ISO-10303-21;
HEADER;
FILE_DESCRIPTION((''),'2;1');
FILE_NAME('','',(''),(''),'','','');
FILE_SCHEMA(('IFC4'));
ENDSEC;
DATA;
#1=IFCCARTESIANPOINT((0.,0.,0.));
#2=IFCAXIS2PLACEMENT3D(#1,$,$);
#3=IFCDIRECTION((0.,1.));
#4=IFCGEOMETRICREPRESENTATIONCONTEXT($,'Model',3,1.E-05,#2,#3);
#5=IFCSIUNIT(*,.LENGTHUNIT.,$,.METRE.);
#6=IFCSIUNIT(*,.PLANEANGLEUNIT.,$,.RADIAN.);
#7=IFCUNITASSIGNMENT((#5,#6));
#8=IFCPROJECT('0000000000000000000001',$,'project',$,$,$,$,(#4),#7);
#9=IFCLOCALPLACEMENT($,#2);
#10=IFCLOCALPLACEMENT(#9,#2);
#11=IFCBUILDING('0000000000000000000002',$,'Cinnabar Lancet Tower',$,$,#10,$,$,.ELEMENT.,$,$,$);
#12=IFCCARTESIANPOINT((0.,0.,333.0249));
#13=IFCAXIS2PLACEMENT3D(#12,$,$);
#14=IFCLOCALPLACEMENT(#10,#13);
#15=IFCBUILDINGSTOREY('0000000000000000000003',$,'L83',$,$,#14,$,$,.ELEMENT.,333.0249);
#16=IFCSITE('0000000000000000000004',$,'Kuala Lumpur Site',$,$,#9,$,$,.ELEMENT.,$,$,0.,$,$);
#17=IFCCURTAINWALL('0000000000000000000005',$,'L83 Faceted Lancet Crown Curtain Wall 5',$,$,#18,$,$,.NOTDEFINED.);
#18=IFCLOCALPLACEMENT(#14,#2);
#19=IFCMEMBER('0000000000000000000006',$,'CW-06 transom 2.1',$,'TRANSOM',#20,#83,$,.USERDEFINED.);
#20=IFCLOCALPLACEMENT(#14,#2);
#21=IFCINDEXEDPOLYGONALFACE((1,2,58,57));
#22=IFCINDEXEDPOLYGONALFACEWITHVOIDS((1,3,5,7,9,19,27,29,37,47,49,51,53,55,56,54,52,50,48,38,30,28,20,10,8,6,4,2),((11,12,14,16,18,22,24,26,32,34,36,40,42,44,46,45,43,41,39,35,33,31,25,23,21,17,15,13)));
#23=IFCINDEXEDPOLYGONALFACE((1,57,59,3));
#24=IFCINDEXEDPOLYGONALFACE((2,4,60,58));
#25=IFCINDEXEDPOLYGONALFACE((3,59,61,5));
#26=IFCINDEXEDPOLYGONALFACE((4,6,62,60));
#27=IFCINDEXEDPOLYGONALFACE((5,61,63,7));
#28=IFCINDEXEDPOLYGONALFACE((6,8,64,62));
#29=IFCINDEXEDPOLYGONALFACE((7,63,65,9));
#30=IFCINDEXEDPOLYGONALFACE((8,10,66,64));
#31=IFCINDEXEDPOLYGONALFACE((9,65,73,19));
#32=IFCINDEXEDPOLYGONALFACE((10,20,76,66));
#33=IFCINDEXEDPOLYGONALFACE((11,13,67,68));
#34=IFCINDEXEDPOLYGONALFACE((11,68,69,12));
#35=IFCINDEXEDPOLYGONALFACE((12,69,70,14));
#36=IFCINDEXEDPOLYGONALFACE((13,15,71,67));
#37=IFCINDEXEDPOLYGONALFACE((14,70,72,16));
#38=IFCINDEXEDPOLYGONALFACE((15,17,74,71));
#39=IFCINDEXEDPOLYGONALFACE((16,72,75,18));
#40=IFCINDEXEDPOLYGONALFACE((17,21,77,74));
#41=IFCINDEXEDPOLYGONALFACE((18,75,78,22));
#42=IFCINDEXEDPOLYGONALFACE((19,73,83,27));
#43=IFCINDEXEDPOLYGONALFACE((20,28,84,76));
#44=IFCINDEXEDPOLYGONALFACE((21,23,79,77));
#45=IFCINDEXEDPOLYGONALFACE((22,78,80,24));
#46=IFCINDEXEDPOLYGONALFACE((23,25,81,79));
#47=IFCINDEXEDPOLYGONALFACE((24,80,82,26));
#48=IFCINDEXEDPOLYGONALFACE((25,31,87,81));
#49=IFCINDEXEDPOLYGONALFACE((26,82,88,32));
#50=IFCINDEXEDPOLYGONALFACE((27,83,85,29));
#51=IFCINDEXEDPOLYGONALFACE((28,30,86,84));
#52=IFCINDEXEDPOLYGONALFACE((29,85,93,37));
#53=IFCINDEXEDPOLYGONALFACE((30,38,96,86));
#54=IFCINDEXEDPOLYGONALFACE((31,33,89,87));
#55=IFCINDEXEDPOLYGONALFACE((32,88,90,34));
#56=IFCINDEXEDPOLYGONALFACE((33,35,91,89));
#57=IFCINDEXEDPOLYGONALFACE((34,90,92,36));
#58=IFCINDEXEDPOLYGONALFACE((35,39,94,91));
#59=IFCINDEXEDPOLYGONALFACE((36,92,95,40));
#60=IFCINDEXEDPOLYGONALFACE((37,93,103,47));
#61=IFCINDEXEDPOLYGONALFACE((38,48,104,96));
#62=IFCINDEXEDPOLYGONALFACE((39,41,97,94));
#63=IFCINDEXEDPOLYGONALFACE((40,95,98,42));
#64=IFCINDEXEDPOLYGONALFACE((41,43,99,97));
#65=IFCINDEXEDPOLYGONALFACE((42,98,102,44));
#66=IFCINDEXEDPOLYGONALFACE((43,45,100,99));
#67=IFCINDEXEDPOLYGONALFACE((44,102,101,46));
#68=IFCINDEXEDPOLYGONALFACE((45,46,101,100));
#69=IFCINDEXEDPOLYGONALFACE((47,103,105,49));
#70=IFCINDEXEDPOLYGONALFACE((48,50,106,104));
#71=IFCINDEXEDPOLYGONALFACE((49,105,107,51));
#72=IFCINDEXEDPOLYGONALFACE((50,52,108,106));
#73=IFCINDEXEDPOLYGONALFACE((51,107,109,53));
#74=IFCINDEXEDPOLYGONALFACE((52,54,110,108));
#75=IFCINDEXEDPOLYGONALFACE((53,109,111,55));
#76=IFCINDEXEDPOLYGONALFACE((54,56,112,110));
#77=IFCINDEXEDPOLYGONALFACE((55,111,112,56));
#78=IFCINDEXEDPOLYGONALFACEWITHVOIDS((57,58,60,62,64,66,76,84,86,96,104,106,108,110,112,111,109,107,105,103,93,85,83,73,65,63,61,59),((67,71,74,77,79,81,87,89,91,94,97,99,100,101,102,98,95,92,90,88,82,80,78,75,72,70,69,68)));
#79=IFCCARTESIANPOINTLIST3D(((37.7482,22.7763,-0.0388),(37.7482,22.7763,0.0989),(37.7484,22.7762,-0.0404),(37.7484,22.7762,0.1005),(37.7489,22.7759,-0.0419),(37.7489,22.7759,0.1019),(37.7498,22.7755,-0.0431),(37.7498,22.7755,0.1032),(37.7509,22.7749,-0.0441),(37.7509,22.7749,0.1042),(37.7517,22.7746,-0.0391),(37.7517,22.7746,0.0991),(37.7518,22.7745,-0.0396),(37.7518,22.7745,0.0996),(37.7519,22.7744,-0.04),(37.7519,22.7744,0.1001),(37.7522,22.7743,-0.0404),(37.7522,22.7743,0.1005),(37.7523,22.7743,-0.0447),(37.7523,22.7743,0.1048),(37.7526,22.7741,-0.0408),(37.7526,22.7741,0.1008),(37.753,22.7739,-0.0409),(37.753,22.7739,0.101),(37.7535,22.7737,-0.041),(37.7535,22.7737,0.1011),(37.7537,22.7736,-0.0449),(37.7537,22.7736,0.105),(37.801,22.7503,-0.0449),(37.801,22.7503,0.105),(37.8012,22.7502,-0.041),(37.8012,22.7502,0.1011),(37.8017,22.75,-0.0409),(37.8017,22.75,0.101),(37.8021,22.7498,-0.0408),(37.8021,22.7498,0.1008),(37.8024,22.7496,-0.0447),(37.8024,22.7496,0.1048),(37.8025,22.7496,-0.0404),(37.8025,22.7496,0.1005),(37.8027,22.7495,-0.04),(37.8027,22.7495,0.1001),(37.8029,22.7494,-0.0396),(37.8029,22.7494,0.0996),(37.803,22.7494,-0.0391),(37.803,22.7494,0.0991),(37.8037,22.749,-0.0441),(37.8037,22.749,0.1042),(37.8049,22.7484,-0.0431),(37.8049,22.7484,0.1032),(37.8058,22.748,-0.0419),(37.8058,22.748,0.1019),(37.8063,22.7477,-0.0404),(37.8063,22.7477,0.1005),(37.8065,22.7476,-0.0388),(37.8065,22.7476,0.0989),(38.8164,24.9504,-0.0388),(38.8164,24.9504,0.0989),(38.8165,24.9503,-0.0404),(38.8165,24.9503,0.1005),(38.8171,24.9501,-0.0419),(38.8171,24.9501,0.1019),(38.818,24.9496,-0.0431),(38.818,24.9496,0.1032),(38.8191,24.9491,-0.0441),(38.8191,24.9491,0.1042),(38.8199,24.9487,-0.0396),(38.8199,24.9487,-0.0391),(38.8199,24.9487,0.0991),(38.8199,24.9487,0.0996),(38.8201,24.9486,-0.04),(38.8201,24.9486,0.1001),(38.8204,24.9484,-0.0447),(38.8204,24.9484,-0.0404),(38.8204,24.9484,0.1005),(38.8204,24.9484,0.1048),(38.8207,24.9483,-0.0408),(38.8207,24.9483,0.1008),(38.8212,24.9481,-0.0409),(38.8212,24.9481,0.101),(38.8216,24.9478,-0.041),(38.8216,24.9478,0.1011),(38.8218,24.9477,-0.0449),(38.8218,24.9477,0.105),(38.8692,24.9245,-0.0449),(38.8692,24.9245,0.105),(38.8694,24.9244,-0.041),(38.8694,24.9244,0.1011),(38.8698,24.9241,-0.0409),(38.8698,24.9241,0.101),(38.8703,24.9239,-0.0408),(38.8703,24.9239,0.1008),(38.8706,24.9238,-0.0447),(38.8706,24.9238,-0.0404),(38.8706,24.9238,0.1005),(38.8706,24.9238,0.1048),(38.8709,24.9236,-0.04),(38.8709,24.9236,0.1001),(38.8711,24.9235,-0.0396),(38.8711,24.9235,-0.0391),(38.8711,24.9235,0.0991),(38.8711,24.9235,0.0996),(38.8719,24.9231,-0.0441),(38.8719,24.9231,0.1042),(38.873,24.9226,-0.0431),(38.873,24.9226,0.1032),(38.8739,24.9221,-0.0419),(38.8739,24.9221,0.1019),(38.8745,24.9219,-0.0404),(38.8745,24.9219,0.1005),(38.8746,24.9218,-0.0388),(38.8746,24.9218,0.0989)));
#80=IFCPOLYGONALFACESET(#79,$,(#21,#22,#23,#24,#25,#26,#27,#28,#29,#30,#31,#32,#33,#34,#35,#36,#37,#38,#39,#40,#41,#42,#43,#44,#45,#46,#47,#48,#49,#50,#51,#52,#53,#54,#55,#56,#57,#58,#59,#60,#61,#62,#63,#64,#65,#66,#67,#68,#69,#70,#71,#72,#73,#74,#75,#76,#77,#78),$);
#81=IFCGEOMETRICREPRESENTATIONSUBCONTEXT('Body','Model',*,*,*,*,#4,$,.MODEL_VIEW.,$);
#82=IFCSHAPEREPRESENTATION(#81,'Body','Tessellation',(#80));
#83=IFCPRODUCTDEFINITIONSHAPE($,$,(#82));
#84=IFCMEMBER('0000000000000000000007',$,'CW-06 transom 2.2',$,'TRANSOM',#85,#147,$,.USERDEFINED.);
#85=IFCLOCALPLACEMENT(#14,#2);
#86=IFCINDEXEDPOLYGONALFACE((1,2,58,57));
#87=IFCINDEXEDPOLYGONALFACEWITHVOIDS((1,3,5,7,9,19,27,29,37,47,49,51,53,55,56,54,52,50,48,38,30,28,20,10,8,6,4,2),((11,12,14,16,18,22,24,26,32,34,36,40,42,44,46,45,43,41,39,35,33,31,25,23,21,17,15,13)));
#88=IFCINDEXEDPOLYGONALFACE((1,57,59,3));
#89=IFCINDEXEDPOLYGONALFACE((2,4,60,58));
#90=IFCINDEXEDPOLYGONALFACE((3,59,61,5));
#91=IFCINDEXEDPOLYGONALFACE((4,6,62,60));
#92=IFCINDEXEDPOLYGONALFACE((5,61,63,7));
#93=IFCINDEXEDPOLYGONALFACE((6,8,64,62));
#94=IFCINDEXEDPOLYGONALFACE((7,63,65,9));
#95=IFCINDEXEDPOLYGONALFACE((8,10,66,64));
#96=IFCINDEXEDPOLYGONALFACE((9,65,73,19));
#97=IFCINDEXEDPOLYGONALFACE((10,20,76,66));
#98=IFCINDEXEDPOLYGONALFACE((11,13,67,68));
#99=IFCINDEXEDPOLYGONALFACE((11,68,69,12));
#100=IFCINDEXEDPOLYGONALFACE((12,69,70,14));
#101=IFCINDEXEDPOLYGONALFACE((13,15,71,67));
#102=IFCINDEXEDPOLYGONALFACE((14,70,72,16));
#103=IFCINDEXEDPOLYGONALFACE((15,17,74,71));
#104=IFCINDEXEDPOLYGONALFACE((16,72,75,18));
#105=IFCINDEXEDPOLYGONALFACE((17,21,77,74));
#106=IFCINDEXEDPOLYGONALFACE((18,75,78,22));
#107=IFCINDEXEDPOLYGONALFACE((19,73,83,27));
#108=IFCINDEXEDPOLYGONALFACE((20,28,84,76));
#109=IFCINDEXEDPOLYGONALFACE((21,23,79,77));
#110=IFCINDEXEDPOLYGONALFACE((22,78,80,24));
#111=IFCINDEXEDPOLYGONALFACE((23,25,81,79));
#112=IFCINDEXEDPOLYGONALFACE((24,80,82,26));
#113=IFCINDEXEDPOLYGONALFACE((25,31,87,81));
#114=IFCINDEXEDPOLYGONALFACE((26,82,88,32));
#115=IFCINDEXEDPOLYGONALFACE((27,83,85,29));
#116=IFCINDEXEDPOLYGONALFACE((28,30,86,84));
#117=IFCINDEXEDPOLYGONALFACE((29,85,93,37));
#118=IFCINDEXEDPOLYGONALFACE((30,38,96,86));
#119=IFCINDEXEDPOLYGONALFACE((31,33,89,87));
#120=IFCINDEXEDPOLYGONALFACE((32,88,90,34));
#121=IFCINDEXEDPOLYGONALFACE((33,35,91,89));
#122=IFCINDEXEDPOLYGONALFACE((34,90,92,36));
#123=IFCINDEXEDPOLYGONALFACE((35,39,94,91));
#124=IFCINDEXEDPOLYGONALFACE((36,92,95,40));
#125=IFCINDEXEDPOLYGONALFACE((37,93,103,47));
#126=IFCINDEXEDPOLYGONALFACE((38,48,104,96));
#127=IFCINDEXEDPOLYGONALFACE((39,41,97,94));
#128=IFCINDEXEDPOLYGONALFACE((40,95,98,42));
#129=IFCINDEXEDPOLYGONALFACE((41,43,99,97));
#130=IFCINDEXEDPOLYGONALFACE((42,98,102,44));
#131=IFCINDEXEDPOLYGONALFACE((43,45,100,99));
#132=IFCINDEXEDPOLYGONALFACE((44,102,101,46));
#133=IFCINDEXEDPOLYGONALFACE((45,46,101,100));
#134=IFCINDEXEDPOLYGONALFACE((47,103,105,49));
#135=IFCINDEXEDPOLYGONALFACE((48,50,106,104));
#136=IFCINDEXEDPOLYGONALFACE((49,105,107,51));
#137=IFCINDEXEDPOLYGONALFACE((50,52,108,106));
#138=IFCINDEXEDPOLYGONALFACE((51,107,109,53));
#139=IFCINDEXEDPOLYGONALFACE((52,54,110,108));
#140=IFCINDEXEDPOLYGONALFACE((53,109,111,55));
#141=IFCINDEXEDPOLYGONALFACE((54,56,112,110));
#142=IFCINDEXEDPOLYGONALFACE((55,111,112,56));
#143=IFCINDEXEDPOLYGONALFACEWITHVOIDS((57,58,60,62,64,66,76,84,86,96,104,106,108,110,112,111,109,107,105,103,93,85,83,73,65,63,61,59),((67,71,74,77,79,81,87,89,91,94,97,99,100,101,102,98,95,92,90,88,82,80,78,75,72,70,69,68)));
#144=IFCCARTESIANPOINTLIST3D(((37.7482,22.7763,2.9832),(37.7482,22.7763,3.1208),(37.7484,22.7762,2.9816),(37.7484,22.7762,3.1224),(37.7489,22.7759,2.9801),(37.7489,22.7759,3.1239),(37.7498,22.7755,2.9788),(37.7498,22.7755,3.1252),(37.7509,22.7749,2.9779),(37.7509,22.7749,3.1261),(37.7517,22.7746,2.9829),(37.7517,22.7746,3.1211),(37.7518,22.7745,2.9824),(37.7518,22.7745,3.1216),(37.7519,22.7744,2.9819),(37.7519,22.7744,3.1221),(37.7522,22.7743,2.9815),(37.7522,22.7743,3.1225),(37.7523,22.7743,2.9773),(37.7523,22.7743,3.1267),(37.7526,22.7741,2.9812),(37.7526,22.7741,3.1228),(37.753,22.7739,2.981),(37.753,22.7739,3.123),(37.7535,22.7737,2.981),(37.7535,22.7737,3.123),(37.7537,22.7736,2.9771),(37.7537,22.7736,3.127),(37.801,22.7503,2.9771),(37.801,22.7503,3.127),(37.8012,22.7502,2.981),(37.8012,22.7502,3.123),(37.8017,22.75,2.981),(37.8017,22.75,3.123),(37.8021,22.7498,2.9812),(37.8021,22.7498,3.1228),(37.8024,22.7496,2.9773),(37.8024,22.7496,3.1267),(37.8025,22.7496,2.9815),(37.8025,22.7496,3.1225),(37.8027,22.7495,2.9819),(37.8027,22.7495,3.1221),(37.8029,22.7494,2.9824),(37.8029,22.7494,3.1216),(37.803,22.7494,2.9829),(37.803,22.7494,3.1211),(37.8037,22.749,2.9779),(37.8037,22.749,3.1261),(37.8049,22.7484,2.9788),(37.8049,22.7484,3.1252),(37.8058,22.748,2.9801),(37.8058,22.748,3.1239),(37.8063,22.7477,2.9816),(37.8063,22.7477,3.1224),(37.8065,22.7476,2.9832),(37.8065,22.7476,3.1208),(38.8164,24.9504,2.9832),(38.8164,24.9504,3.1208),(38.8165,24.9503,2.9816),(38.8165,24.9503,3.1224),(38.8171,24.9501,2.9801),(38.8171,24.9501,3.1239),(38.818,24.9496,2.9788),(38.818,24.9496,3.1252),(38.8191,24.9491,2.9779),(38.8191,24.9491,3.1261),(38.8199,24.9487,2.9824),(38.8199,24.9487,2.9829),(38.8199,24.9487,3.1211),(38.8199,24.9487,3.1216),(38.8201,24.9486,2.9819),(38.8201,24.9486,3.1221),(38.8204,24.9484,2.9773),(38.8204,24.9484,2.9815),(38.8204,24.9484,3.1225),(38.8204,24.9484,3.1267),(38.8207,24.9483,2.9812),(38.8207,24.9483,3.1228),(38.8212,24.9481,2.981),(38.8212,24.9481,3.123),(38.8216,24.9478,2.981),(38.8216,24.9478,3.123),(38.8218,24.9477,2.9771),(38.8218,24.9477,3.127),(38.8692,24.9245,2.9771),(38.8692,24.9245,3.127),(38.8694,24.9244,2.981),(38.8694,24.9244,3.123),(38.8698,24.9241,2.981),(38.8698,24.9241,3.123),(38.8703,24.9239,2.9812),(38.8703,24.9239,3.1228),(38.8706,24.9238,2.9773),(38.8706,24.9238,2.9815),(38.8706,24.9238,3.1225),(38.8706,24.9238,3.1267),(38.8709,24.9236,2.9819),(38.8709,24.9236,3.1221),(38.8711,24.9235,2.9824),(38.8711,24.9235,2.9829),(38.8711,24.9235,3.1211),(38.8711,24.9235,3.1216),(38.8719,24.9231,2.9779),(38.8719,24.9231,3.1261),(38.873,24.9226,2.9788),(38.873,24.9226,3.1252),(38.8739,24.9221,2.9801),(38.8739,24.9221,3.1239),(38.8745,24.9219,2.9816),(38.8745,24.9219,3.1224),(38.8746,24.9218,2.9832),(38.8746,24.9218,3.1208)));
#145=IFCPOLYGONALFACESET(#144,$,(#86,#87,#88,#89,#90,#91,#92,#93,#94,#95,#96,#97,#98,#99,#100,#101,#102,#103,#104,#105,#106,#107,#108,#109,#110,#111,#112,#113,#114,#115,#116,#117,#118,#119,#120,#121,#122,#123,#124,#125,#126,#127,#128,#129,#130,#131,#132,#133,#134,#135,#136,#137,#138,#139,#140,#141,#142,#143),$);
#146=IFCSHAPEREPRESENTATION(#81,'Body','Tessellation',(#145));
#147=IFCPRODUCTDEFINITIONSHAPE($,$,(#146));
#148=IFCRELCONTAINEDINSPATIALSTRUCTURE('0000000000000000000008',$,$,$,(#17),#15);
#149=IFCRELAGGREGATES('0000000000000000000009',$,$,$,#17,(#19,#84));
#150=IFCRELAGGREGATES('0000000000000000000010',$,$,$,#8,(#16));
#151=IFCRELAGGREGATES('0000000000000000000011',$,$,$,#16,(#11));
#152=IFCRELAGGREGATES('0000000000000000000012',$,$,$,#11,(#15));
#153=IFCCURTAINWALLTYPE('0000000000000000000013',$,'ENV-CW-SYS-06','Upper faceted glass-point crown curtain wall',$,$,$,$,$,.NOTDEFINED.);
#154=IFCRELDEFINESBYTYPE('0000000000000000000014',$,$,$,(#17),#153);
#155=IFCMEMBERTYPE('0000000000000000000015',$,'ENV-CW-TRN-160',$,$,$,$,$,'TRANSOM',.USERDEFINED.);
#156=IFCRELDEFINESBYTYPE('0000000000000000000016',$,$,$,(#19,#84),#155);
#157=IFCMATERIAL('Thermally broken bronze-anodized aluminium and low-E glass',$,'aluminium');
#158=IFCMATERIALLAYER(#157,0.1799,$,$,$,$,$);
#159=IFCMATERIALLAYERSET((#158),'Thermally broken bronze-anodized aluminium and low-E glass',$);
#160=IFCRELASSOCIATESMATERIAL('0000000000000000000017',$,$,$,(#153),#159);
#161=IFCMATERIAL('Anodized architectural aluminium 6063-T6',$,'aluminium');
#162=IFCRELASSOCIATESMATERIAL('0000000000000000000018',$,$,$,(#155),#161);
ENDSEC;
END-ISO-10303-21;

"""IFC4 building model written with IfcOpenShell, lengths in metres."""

from ifc_helpers import new_model, si_unit, direction, frame, origin, origin_2d, place, context, subcontext, project, spatial, hollow_rectangle, extrude, material, layer, layer_set, material_profile, profile_set, type_object, element, aggregate, save


model = new_model("IFC4")

# Units and contexts
model_context = context("Model", 3, precision=1e-05, world=origin(), true_north=direction((0.0, 1.0)))
body_context = subcontext(model_context, "Body", "Model", "MODEL_VIEW")
ifc_project = project(units=[si_unit("LENGTHUNIT", "METRE"), si_unit("PLANEANGLEUNIT", "RADIAN")], contexts=[model_context])

# Site, building, storey
site_placement = place(None, origin())
site = spatial("IfcSite", under=ifc_project, at=site_placement, Name="Kuala Lumpur Site", CompositionType="ELEMENT", RefElevation=0.0)
building_placement = place(site_placement, origin())
building = spatial("IfcBuilding", under=site, at=building_placement, Name="Cinnabar Lancet Tower", CompositionType="ELEMENT")
storey_placement = place(building_placement, frame((0.0, 0.0, 333.0249)))
storey = spatial("IfcBuildingStorey", under=building, at=storey_placement, Name="L83", CompositionType="ELEMENT", Elevation=333.0249)

# Curtain wall
ifc_material_1 = material(Name="Thermally broken bronze-anodized aluminium and low-E glass", Category="aluminium")
ifc_layer_1 = layer(ifc_material_1, 0.1799)
ifc_layer_set_1 = layer_set([ifc_layer_1], Name="Thermally broken bronze-anodized aluminium and low-E glass")
curtain_wall_type = type_object("IfcCurtainWallType", Name="ENV-CW-SYS-06", Description="Upper faceted glass-point crown curtain wall", PredefinedType="NOTDEFINED", material=ifc_layer_set_1)
curtain_wall_1_placement = place(storey_placement, origin())
curtain_wall_1 = element("IfcCurtainWall", 1, at=curtain_wall_1_placement, inside=storey, type_object=curtain_wall_type, Name="L83 Faceted Lancet Crown Curtain Wall 5", PredefinedType="NOTDEFINED")

# Members
ifc_material_2 = material(Name="Anodized architectural aluminium 6063-T6", Category="aluminium")
ifc_material_profile_1 = material_profile(ifc_material_2, hollow_rectangle(XDim=0.0649, YDim=0.1499, WallThickness=0.0039, InnerFilletRadius=0.002, OuterFilletRadius=0.0061, at=origin_2d()), Name="CW-TRN 150x65x4")
ifc_profile_set_1 = profile_set([ifc_material_profile_1], Name="Anodized architectural aluminium 6063-T6")
member_type_1 = type_object("IfcMemberType", Name="ENV-CW-TRN-160", ElementType="TRANSOM", PredefinedType="USERDEFINED", material=ifc_profile_set_1)
member_1_placement = place(storey_placement, frame((37.7773, 22.762, 0.03), z_axis=(0.440954, 0.89753, 0.0), x_axis=(-0.89753, 0.440954, 0.0)))
member_1 = element("IfcMember", 2, at=member_1_placement, type_object=member_type_1, Name="CW-06 transom 2.1", ObjectType="TRANSOM", PredefinedType="USERDEFINED", context=body_context, shape_type="SweptSolid", body=[
    extrude(hollow_rectangle(XDim=0.0649, YDim=0.1499, WallThickness=0.0039, InnerFilletRadius=0.002, OuterFilletRadius=0.0061, at=origin_2d()), origin(), (0.0, 0.0, 1.0), 2.4224),
])
member_2_placement = place(storey_placement, frame((37.7773, 22.762, 3.052), z_axis=(0.440954, 0.89753, 0.0), x_axis=(-0.89753, 0.440954, 0.0)))
member_2 = element("IfcMember", 3, at=member_2_placement, type_object=member_type_1, Name="CW-06 transom 2.2", ObjectType="TRANSOM", PredefinedType="USERDEFINED", context=body_context, shape_type="SweptSolid", body=[
    extrude(hollow_rectangle(XDim=0.0649, YDim=0.1499, WallThickness=0.0039, InnerFilletRadius=0.002, OuterFilletRadius=0.0061, at=origin_2d()), origin(), (0.0, 0.0, 1.0), 2.4224),
])

aggregate(curtain_wall_1, [member_1, member_2])

save(model, "model.ifc")
